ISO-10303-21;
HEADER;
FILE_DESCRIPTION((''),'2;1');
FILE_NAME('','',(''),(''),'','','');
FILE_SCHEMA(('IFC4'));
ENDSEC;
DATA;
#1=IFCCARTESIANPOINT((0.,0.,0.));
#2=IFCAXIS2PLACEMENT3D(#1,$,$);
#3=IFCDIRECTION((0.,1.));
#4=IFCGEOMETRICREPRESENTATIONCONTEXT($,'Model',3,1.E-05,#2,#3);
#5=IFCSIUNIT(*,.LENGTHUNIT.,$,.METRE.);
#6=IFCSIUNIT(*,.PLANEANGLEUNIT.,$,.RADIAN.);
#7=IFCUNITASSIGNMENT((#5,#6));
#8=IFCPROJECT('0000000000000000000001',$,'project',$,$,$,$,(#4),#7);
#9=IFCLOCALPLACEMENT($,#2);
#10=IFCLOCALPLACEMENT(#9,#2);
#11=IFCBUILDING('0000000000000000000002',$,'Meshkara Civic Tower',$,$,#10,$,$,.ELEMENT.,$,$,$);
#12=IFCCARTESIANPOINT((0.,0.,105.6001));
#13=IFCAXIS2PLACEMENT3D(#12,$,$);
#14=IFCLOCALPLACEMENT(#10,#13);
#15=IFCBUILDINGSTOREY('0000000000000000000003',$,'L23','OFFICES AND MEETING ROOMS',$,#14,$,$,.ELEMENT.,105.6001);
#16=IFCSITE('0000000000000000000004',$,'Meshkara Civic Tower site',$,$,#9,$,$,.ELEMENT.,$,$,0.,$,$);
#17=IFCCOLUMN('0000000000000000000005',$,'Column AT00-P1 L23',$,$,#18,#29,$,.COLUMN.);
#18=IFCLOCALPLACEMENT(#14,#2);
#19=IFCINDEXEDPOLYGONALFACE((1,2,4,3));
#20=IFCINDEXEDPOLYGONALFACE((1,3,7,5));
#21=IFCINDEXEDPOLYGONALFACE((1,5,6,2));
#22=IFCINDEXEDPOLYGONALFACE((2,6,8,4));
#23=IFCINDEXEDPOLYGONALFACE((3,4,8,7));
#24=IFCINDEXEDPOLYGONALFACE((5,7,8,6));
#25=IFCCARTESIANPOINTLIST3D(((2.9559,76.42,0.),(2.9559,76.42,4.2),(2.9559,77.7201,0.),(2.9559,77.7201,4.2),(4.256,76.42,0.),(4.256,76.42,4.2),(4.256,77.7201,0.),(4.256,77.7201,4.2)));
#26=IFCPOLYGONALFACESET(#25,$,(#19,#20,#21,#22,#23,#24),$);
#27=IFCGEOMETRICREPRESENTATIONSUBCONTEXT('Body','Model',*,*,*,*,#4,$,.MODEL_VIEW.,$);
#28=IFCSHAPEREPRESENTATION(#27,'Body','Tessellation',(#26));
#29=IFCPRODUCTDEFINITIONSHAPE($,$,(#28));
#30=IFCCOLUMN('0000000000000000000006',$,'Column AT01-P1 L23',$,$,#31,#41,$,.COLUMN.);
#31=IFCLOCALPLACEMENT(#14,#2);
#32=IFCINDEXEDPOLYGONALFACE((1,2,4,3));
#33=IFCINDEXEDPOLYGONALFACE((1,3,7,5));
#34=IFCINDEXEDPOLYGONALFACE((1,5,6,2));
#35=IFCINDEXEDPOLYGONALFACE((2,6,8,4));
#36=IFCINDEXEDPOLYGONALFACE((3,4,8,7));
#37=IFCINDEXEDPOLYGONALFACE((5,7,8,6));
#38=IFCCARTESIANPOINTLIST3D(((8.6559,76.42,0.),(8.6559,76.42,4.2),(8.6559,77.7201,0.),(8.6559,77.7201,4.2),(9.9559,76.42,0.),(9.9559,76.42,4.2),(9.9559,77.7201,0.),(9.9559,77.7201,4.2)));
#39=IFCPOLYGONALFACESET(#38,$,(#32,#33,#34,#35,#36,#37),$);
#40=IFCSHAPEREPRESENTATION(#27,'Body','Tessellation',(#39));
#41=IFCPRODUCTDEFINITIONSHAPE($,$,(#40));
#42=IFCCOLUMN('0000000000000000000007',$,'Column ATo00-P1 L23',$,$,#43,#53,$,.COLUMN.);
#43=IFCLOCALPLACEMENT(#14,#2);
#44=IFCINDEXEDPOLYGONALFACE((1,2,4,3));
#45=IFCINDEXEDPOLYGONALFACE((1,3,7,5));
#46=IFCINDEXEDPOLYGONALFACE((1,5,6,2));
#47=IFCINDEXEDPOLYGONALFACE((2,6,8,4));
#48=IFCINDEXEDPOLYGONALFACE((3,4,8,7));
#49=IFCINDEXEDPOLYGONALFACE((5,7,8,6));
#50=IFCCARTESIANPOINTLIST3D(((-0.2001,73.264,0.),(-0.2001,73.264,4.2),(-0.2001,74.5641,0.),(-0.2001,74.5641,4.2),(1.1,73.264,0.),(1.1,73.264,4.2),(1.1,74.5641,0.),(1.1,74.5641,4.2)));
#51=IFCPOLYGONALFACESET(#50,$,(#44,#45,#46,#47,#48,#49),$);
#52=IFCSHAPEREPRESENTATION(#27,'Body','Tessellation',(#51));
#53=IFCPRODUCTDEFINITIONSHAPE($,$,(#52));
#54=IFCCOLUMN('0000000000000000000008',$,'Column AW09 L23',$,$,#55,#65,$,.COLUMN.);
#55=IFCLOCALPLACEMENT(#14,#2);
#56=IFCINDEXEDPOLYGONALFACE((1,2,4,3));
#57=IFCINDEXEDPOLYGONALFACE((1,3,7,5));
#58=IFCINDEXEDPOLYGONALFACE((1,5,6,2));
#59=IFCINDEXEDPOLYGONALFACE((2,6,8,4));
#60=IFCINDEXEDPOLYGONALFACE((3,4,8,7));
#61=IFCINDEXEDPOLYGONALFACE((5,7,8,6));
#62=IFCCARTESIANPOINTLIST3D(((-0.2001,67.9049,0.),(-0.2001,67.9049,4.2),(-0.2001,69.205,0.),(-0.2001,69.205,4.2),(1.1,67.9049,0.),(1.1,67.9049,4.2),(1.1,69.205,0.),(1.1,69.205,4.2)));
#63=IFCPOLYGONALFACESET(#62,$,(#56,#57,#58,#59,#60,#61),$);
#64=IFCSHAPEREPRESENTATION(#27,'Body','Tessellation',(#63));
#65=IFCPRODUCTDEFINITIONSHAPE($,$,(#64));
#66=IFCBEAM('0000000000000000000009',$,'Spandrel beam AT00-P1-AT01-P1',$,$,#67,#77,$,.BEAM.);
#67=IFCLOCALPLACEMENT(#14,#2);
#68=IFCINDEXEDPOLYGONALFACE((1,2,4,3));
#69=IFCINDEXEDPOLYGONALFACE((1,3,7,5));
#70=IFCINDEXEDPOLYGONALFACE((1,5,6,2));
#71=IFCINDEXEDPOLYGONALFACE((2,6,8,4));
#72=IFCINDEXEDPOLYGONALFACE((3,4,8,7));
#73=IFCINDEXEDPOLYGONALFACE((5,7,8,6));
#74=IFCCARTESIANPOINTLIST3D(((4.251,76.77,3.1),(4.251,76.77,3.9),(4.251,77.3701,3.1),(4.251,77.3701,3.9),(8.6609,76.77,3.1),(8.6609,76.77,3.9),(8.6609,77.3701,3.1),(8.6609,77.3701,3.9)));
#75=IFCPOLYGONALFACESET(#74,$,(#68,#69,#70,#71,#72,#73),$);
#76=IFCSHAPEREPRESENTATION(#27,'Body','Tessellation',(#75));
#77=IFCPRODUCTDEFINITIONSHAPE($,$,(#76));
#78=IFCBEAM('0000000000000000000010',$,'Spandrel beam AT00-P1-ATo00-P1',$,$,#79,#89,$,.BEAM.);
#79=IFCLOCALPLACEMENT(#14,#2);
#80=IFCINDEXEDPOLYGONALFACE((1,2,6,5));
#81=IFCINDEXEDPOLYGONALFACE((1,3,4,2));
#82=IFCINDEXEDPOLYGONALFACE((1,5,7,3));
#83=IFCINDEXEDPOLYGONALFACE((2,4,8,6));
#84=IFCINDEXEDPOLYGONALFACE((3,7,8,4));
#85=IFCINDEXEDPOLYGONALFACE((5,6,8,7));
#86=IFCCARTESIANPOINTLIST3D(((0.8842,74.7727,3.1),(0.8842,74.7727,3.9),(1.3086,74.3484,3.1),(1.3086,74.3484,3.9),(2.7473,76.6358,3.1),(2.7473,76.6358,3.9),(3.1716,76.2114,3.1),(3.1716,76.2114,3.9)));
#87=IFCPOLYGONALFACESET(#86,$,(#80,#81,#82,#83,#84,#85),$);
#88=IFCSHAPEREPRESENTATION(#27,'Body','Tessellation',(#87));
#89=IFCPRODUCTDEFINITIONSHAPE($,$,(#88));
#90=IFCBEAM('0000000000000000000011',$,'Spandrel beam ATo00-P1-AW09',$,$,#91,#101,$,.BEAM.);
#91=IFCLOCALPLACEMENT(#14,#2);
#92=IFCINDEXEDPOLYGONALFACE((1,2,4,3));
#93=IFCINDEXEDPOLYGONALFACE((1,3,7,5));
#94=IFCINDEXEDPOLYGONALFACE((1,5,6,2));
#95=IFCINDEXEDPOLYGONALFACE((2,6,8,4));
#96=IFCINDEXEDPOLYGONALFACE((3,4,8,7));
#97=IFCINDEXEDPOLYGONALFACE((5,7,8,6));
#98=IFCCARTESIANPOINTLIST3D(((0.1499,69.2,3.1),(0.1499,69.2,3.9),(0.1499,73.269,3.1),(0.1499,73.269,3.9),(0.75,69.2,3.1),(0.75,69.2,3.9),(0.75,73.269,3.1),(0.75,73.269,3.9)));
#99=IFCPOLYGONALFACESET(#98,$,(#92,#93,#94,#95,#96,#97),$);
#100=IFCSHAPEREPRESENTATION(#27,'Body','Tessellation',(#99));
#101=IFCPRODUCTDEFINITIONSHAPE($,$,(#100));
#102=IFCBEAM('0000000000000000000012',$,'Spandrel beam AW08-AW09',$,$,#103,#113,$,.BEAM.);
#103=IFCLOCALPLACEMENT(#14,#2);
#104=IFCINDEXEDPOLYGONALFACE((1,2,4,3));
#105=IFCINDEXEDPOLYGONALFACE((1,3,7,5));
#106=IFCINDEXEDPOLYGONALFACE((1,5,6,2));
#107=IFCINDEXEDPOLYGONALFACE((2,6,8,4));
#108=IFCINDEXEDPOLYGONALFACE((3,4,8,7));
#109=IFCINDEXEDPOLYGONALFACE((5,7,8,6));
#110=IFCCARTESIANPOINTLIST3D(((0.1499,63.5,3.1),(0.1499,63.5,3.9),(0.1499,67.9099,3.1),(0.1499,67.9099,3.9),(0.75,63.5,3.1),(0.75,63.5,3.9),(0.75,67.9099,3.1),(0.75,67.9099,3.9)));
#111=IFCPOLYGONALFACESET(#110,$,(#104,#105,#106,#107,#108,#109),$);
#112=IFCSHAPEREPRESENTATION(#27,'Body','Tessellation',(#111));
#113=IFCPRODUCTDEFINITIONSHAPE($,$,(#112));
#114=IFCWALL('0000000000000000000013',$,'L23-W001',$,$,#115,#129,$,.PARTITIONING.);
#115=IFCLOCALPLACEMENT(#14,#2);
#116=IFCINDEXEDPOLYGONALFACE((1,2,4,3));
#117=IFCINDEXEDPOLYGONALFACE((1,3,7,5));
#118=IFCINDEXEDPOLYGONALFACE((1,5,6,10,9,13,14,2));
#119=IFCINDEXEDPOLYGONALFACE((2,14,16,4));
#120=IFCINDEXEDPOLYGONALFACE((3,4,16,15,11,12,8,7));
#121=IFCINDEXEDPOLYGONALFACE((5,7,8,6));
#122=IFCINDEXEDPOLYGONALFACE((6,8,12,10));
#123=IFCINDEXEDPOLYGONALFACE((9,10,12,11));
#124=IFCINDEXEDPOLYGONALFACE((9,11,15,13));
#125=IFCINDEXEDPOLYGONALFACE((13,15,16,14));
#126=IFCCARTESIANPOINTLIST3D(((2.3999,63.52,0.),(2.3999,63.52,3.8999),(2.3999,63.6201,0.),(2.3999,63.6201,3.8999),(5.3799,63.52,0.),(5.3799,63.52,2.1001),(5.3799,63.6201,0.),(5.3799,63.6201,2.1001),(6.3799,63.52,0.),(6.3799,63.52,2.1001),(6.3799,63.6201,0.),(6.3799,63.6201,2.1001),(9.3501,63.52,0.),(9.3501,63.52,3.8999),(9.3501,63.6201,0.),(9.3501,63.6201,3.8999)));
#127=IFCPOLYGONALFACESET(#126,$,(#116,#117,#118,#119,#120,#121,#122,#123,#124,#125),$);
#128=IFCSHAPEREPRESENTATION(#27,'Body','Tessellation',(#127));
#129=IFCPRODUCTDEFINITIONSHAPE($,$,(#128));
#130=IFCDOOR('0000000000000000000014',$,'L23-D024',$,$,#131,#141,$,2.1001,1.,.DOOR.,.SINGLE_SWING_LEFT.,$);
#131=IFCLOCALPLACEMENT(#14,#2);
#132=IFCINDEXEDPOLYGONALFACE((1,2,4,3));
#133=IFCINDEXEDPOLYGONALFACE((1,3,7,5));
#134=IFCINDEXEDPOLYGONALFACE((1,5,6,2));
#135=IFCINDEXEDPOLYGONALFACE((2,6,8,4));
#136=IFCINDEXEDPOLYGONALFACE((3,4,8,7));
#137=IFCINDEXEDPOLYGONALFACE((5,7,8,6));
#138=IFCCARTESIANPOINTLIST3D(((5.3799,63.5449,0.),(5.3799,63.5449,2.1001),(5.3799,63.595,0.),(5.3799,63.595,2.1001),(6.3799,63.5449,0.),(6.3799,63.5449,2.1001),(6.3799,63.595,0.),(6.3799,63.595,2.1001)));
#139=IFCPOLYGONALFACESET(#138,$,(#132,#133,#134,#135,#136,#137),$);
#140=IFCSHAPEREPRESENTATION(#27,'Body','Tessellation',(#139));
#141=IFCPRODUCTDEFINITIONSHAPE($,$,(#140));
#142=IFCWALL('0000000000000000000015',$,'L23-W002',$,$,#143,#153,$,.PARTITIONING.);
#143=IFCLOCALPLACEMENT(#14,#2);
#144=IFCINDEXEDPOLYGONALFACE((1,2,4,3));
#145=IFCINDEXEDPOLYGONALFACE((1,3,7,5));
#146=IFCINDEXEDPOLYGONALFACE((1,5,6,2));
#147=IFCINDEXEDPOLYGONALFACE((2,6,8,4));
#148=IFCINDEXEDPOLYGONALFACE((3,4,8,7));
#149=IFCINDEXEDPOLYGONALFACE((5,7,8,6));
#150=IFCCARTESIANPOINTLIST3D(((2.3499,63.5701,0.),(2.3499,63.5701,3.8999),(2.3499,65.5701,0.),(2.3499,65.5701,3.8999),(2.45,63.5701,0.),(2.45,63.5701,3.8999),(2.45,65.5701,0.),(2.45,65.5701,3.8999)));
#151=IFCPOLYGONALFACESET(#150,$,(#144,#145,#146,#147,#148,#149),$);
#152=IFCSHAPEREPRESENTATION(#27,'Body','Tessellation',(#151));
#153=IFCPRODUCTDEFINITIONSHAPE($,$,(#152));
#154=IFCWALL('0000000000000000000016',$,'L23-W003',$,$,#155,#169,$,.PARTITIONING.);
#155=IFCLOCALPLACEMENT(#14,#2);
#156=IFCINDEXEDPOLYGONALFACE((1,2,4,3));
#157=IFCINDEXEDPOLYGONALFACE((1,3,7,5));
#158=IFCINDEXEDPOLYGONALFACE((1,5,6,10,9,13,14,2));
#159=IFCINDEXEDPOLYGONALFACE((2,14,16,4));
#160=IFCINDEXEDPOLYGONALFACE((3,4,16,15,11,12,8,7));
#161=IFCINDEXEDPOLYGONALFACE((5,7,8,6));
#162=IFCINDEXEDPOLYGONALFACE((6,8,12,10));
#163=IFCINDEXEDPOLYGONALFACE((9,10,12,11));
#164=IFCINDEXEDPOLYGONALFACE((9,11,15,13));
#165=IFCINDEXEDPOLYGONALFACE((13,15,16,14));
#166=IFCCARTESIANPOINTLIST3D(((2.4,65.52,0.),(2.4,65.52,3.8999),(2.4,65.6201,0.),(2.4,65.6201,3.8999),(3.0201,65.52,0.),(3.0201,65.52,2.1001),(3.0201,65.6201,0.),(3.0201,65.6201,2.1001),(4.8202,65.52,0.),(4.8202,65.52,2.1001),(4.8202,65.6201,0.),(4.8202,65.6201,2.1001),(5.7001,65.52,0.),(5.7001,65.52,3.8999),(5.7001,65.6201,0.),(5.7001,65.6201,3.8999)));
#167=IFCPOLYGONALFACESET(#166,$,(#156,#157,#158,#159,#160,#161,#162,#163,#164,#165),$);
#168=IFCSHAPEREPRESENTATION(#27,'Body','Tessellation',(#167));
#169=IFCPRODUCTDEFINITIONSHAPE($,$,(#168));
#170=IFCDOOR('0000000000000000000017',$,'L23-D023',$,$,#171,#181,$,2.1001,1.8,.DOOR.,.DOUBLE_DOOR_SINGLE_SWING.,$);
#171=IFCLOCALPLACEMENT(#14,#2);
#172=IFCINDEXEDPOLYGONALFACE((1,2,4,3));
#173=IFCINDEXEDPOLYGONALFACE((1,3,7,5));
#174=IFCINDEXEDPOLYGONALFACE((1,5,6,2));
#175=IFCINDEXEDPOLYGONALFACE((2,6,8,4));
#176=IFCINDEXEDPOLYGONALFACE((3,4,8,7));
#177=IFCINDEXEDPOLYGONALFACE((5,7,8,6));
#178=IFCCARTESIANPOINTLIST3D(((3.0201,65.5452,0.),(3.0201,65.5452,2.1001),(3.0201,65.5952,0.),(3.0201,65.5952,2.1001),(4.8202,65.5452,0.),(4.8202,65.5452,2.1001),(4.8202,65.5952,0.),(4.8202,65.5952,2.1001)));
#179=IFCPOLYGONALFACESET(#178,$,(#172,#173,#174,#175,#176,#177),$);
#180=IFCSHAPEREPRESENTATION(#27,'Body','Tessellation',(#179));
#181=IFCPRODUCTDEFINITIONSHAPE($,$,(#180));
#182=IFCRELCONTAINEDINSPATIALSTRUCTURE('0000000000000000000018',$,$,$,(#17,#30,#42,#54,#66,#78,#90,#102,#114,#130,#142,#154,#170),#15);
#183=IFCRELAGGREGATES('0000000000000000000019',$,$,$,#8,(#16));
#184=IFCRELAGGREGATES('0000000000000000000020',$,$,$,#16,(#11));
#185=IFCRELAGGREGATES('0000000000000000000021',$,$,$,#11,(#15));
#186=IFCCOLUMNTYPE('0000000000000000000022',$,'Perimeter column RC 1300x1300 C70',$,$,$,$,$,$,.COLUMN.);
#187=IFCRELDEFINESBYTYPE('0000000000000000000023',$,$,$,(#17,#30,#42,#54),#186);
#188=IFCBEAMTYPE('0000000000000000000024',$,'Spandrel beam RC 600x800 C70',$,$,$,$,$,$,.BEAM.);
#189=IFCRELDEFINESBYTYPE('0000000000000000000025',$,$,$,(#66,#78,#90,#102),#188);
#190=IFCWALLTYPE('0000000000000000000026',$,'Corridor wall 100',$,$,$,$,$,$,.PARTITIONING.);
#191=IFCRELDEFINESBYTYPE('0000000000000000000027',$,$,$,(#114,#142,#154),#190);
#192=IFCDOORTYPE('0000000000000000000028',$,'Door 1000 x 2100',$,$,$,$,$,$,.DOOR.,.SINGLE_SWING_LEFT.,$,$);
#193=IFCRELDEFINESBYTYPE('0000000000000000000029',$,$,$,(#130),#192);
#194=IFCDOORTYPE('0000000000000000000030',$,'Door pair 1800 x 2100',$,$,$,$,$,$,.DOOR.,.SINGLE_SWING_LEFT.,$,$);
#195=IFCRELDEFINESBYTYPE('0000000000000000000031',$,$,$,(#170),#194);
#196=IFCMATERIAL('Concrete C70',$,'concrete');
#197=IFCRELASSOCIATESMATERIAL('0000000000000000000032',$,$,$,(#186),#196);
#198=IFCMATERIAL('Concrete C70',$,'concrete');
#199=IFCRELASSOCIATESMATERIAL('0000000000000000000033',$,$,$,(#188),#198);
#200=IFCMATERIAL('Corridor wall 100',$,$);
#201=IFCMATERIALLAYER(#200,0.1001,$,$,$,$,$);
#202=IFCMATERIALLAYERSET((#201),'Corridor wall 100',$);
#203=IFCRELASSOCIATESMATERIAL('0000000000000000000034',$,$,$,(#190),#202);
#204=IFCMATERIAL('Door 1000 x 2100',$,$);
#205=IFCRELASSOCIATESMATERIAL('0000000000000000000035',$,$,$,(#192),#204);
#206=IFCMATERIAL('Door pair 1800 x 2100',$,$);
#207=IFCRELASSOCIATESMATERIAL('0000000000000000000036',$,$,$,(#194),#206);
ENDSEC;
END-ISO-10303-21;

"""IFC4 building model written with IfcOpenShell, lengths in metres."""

from ifc_helpers import new_model, si_unit, direction, frame, frame_2d, origin, origin_2d, place, context, subcontext, project, spatial, rectangle, extrude, material, layer, layer_set, material_profile, profile_set, type_object, element, fill, save


model = new_model("IFC4")

# Units and contexts
model_context = context("Model", 3, precision=1e-05, world=origin(), true_north=direction((0.0, 1.0)))
body_context = subcontext(model_context, "Body", "Model", "MODEL_VIEW")
ifc_project = project(units=[si_unit("LENGTHUNIT", "METRE"), si_unit("PLANEANGLEUNIT", "RADIAN")], contexts=[model_context])

# Site, building, storey
site_placement = place(None, origin())
site = spatial("IfcSite", under=ifc_project, at=site_placement, Name="Meshkara Civic Tower site", CompositionType="ELEMENT", RefElevation=0.0)
building_placement = place(site_placement, origin())
building = spatial("IfcBuilding", under=site, at=building_placement, Name="Meshkara Civic Tower", CompositionType="ELEMENT")
storey_placement = place(building_placement, frame((0.0, 0.0, 105.6001)))
storey = spatial("IfcBuildingStorey", under=building, at=storey_placement, Name="L23", Description="OFFICES AND MEETING ROOMS", CompositionType="ELEMENT", Elevation=105.6001)

# Columns
ifc_material_1 = material(Name="Concrete C70", Category="concrete")
ifc_material_profile_1 = material_profile(ifc_material_1, rectangle(XDim=1.3, YDim=1.3, at=origin_2d()))
ifc_profile_set_1 = profile_set([ifc_material_profile_1], Name="Concrete C70")
column_type = type_object("IfcColumnType", Name="Perimeter column RC 1300x1300 C70", PredefinedType="COLUMN", material=ifc_profile_set_1)
for number, where, z_axis, x_axis, name in (
    (1, (3.606, 77.0701, 0.0), (0.0, 0.0, 1.0), (1.0, 0.0, 0.0), "Column AT00-P1 L23"),
    (2, (9.3059, 77.0701, 0.0), (0.0, 0.0, 1.0), (1.0, 0.0, 0.0), "Column AT01-P1 L23"),
    (3, (0.45, 73.9141, 0.0), (0.0, 0.0, 1.0), (1.0, 0.0, 0.0), "Column ATo00-P1 L23"),
    (4, (0.45, 68.5549, 0.0), (0.0, 0.0, 1.0), (1.0, 0.0, 0.0), "Column AW09 L23"),
):
    element("IfcColumn", number, at=place(storey_placement, frame(where, z_axis=z_axis, x_axis=x_axis)), inside=storey, type_object=column_type, Name=name, PredefinedType="COLUMN", context=body_context, shape_type="SweptSolid", body=[
        extrude(rectangle(XDim=1.3, YDim=1.3, at=origin_2d()), origin(), (0.0, 0.0, 1.0), 4.2),
    ])

# Beams
ifc_material_2 = material(Name="Concrete C70", Category="concrete")
ifc_material_profile_2 = material_profile(ifc_material_2, rectangle(XDim=0.6001, YDim=0.8, at=origin_2d()))
ifc_profile_set_2 = profile_set([ifc_material_profile_2], Name="Concrete C70")
beam_type = type_object("IfcBeamType", Name="Spandrel beam RC 600x800 C70", PredefinedType="BEAM", material=ifc_profile_set_2)
beam_1_placement = place(storey_placement, frame((8.6609, 77.0701, 3.5), z_axis=(-1.0, 0.0, 0.0), x_axis=(0.0, -1.0, 0.0)))
element("IfcBeam", 5, at=beam_1_placement, inside=storey, type_object=beam_type, Name="Spandrel beam AT00-P1-AT01-P1", PredefinedType="BEAM", context=body_context, shape_type="SweptSolid", body=[
    extrude(rectangle(XDim=0.6001, YDim=0.8, at=origin_2d()), origin(), (0.0, 0.0, 1.0), 4.4099),
])
beam_2_placement = place(storey_placement, frame((2.9595, 76.4236, 3.5), z_axis=(-0.707107, -0.707107, 0.0), x_axis=(0.707107, -0.707107, 0.0)))
element("IfcBeam", 6, at=beam_2_placement, inside=storey, type_object=beam_type, Name="Spandrel beam AT00-P1-ATo00-P1", PredefinedType="BEAM", context=body_context, shape_type="SweptSolid", body=[
    extrude(rectangle(XDim=0.6001, YDim=0.8, at=origin_2d()), origin(), (0.0, 0.0, 1.0), 2.6348),
])
beam_3_placement = place(storey_placement, frame((0.45, 73.269, 3.5), z_axis=(0.0, -1.0, 0.0), x_axis=(1.0, 0.0, 0.0)))
element("IfcBeam", 7, at=beam_3_placement, inside=storey, type_object=beam_type, Name="Spandrel beam ATo00-P1-AW09", PredefinedType="BEAM", context=body_context, shape_type="SweptSolid", body=[
    extrude(rectangle(XDim=0.6001, YDim=0.8, at=origin_2d()), origin(), (0.0, 0.0, 1.0), 4.0691),
])
beam_4_placement = place(storey_placement, frame((0.45, 67.9099, 3.5), z_axis=(0.0, -1.0, 0.0), x_axis=(1.0, 0.0, 0.0)))
element("IfcBeam", 8, at=beam_4_placement, inside=storey, type_object=beam_type, Name="Spandrel beam AW08-AW09", PredefinedType="BEAM", context=body_context, shape_type="SweptSolid", body=[
    extrude(rectangle(XDim=0.6001, YDim=0.8, at=origin_2d()), origin(), (0.0, 0.0, 1.0), 4.4099),
])

# Wall, opening, door
ifc_material_3 = material(Name="Corridor wall 100")
ifc_layer_1 = layer(ifc_material_3, 0.1001)
ifc_layer_set_1 = layer_set([ifc_layer_1], Name="Corridor wall 100")
wall_type_1 = type_object("IfcWallType", Name="Corridor wall 100", PredefinedType="PARTITIONING", material=ifc_layer_set_1)
wall_1_placement = place(storey_placement, frame((2.3999, 63.5701, 0.0), z_axis=(0.0, 0.0, 1.0), x_axis=(1.0, 0.0, 0.0)))
wall_1 = element("IfcWall", 9, at=wall_1_placement, inside=storey, type_object=wall_type_1, Name="L23-W001", PredefinedType="PARTITIONING", context=body_context, shape_type="SweptSolid", body=[
    extrude(rectangle(XDim=6.9502, YDim=0.1001, at=frame_2d((3.4751, 0.0))), origin(), (0.0, 0.0, 1.0), 3.8999),
])
opening_1_placement = place(wall_1_placement, frame((2.98, 0.0, 0.0)))
opening_1 = element("IfcOpeningElement", 10, at=opening_1_placement, cuts=wall_1, PredefinedType="OPENING", context=body_context, shape_type="SweptSolid", body=[
    extrude(rectangle(XDim=1.0, YDim=2.1001, at=frame_2d((0.5, 1.05))), frame((0.0, 0.0601, 0.0), z_axis=(0.0, -1.0, 0.0), x_axis=(1.0, 0.0, 0.0)), (0.0, 0.0, 1.0), 0.1201),
])
ifc_material_4 = material(Name="Door 1000 x 2100")
door_type_1 = type_object("IfcDoorType", Name="Door 1000 x 2100", OperationType="SINGLE_SWING_LEFT", PredefinedType="DOOR", material=ifc_material_4)
door_1_placement = place(opening_1_placement, origin())
door_1 = element("IfcDoor", 11, at=door_1_placement, inside=storey, type_object=door_type_1, Name="L23-D024", OperationType="SINGLE_SWING_LEFT", OverallHeight=2.1001, OverallWidth=1.0, PredefinedType="DOOR", context=body_context, shape_type="SweptSolid", body=[
    extrude(rectangle(XDim=1.0, YDim=2.1001, at=frame_2d((0.5, 1.05))), frame((0.0, 0.0249, 0.0), z_axis=(0.0, -1.0, 0.0), x_axis=(1.0, 0.0, 0.0)), (0.0, 0.0, 1.0), 0.05),
])
fill(opening_1, door_1)

# Wall
wall_2_placement = place(storey_placement, frame((2.3999, 65.5701, 0.0), z_axis=(0.0, 0.0, 1.0), x_axis=(0.0, -1.0, 0.0)))
element("IfcWall", 12, at=wall_2_placement, inside=storey, type_object=wall_type_1, Name="L23-W002", PredefinedType="PARTITIONING", context=body_context, shape_type="SweptSolid", body=[
    extrude(rectangle(XDim=2.0, YDim=0.1001, at=frame_2d((1.0, 0.0))), origin(), (0.0, 0.0, 1.0), 3.8999),
])

# Wall, opening, door
wall_3_placement = place(storey_placement, frame((5.7, 65.5701, 0.0), z_axis=(0.0, 0.0, 1.0), x_axis=(-1.0, 0.0, 0.0)))
wall_3 = element("IfcWall", 13, at=wall_3_placement, inside=storey, type_object=wall_type_1, Name="L23-W003", PredefinedType="PARTITIONING", context=body_context, shape_type="SweptSolid", body=[
    extrude(rectangle(XDim=3.3, YDim=0.1001, at=frame_2d((1.6499, 0.0))), origin(), (0.0, 0.0, 1.0), 3.8999),
])
opening_2_placement = place(wall_3_placement, frame((0.8799, 0.0, 0.0)))
opening_2 = element("IfcOpeningElement", 14, at=opening_2_placement, cuts=wall_3, PredefinedType="OPENING", context=body_context, shape_type="SweptSolid", body=[
    extrude(rectangle(XDim=1.8, YDim=2.1001, at=frame_2d((0.8999, 1.05))), frame((0.0, 0.0601, 0.0), z_axis=(0.0, -1.0, 0.0), x_axis=(1.0, 0.0, 0.0)), (0.0, 0.0, 1.0), 0.1201),
])
ifc_material_5 = material(Name="Door pair 1800 x 2100")
door_type_2 = type_object("IfcDoorType", Name="Door pair 1800 x 2100", OperationType="SINGLE_SWING_LEFT", PredefinedType="DOOR", material=ifc_material_5)
door_2_placement = place(opening_2_placement, origin())
door_2 = element("IfcDoor", 15, at=door_2_placement, inside=storey, type_object=door_type_2, Name="L23-D023", OperationType="DOUBLE_DOOR_SINGLE_SWING", OverallHeight=2.1001, OverallWidth=1.8, PredefinedType="DOOR", context=body_context, shape_type="SweptSolid", body=[
    extrude(rectangle(XDim=1.8, YDim=2.1001, at=frame_2d((0.8999, 1.05))), frame((0.0, 0.0249, 0.0), z_axis=(0.0, -1.0, 0.0), x_axis=(1.0, 0.0, 0.0)), (0.0, 0.0, 1.0), 0.05),
])
fill(opening_2, door_2)

save(model, "model.ifc")
